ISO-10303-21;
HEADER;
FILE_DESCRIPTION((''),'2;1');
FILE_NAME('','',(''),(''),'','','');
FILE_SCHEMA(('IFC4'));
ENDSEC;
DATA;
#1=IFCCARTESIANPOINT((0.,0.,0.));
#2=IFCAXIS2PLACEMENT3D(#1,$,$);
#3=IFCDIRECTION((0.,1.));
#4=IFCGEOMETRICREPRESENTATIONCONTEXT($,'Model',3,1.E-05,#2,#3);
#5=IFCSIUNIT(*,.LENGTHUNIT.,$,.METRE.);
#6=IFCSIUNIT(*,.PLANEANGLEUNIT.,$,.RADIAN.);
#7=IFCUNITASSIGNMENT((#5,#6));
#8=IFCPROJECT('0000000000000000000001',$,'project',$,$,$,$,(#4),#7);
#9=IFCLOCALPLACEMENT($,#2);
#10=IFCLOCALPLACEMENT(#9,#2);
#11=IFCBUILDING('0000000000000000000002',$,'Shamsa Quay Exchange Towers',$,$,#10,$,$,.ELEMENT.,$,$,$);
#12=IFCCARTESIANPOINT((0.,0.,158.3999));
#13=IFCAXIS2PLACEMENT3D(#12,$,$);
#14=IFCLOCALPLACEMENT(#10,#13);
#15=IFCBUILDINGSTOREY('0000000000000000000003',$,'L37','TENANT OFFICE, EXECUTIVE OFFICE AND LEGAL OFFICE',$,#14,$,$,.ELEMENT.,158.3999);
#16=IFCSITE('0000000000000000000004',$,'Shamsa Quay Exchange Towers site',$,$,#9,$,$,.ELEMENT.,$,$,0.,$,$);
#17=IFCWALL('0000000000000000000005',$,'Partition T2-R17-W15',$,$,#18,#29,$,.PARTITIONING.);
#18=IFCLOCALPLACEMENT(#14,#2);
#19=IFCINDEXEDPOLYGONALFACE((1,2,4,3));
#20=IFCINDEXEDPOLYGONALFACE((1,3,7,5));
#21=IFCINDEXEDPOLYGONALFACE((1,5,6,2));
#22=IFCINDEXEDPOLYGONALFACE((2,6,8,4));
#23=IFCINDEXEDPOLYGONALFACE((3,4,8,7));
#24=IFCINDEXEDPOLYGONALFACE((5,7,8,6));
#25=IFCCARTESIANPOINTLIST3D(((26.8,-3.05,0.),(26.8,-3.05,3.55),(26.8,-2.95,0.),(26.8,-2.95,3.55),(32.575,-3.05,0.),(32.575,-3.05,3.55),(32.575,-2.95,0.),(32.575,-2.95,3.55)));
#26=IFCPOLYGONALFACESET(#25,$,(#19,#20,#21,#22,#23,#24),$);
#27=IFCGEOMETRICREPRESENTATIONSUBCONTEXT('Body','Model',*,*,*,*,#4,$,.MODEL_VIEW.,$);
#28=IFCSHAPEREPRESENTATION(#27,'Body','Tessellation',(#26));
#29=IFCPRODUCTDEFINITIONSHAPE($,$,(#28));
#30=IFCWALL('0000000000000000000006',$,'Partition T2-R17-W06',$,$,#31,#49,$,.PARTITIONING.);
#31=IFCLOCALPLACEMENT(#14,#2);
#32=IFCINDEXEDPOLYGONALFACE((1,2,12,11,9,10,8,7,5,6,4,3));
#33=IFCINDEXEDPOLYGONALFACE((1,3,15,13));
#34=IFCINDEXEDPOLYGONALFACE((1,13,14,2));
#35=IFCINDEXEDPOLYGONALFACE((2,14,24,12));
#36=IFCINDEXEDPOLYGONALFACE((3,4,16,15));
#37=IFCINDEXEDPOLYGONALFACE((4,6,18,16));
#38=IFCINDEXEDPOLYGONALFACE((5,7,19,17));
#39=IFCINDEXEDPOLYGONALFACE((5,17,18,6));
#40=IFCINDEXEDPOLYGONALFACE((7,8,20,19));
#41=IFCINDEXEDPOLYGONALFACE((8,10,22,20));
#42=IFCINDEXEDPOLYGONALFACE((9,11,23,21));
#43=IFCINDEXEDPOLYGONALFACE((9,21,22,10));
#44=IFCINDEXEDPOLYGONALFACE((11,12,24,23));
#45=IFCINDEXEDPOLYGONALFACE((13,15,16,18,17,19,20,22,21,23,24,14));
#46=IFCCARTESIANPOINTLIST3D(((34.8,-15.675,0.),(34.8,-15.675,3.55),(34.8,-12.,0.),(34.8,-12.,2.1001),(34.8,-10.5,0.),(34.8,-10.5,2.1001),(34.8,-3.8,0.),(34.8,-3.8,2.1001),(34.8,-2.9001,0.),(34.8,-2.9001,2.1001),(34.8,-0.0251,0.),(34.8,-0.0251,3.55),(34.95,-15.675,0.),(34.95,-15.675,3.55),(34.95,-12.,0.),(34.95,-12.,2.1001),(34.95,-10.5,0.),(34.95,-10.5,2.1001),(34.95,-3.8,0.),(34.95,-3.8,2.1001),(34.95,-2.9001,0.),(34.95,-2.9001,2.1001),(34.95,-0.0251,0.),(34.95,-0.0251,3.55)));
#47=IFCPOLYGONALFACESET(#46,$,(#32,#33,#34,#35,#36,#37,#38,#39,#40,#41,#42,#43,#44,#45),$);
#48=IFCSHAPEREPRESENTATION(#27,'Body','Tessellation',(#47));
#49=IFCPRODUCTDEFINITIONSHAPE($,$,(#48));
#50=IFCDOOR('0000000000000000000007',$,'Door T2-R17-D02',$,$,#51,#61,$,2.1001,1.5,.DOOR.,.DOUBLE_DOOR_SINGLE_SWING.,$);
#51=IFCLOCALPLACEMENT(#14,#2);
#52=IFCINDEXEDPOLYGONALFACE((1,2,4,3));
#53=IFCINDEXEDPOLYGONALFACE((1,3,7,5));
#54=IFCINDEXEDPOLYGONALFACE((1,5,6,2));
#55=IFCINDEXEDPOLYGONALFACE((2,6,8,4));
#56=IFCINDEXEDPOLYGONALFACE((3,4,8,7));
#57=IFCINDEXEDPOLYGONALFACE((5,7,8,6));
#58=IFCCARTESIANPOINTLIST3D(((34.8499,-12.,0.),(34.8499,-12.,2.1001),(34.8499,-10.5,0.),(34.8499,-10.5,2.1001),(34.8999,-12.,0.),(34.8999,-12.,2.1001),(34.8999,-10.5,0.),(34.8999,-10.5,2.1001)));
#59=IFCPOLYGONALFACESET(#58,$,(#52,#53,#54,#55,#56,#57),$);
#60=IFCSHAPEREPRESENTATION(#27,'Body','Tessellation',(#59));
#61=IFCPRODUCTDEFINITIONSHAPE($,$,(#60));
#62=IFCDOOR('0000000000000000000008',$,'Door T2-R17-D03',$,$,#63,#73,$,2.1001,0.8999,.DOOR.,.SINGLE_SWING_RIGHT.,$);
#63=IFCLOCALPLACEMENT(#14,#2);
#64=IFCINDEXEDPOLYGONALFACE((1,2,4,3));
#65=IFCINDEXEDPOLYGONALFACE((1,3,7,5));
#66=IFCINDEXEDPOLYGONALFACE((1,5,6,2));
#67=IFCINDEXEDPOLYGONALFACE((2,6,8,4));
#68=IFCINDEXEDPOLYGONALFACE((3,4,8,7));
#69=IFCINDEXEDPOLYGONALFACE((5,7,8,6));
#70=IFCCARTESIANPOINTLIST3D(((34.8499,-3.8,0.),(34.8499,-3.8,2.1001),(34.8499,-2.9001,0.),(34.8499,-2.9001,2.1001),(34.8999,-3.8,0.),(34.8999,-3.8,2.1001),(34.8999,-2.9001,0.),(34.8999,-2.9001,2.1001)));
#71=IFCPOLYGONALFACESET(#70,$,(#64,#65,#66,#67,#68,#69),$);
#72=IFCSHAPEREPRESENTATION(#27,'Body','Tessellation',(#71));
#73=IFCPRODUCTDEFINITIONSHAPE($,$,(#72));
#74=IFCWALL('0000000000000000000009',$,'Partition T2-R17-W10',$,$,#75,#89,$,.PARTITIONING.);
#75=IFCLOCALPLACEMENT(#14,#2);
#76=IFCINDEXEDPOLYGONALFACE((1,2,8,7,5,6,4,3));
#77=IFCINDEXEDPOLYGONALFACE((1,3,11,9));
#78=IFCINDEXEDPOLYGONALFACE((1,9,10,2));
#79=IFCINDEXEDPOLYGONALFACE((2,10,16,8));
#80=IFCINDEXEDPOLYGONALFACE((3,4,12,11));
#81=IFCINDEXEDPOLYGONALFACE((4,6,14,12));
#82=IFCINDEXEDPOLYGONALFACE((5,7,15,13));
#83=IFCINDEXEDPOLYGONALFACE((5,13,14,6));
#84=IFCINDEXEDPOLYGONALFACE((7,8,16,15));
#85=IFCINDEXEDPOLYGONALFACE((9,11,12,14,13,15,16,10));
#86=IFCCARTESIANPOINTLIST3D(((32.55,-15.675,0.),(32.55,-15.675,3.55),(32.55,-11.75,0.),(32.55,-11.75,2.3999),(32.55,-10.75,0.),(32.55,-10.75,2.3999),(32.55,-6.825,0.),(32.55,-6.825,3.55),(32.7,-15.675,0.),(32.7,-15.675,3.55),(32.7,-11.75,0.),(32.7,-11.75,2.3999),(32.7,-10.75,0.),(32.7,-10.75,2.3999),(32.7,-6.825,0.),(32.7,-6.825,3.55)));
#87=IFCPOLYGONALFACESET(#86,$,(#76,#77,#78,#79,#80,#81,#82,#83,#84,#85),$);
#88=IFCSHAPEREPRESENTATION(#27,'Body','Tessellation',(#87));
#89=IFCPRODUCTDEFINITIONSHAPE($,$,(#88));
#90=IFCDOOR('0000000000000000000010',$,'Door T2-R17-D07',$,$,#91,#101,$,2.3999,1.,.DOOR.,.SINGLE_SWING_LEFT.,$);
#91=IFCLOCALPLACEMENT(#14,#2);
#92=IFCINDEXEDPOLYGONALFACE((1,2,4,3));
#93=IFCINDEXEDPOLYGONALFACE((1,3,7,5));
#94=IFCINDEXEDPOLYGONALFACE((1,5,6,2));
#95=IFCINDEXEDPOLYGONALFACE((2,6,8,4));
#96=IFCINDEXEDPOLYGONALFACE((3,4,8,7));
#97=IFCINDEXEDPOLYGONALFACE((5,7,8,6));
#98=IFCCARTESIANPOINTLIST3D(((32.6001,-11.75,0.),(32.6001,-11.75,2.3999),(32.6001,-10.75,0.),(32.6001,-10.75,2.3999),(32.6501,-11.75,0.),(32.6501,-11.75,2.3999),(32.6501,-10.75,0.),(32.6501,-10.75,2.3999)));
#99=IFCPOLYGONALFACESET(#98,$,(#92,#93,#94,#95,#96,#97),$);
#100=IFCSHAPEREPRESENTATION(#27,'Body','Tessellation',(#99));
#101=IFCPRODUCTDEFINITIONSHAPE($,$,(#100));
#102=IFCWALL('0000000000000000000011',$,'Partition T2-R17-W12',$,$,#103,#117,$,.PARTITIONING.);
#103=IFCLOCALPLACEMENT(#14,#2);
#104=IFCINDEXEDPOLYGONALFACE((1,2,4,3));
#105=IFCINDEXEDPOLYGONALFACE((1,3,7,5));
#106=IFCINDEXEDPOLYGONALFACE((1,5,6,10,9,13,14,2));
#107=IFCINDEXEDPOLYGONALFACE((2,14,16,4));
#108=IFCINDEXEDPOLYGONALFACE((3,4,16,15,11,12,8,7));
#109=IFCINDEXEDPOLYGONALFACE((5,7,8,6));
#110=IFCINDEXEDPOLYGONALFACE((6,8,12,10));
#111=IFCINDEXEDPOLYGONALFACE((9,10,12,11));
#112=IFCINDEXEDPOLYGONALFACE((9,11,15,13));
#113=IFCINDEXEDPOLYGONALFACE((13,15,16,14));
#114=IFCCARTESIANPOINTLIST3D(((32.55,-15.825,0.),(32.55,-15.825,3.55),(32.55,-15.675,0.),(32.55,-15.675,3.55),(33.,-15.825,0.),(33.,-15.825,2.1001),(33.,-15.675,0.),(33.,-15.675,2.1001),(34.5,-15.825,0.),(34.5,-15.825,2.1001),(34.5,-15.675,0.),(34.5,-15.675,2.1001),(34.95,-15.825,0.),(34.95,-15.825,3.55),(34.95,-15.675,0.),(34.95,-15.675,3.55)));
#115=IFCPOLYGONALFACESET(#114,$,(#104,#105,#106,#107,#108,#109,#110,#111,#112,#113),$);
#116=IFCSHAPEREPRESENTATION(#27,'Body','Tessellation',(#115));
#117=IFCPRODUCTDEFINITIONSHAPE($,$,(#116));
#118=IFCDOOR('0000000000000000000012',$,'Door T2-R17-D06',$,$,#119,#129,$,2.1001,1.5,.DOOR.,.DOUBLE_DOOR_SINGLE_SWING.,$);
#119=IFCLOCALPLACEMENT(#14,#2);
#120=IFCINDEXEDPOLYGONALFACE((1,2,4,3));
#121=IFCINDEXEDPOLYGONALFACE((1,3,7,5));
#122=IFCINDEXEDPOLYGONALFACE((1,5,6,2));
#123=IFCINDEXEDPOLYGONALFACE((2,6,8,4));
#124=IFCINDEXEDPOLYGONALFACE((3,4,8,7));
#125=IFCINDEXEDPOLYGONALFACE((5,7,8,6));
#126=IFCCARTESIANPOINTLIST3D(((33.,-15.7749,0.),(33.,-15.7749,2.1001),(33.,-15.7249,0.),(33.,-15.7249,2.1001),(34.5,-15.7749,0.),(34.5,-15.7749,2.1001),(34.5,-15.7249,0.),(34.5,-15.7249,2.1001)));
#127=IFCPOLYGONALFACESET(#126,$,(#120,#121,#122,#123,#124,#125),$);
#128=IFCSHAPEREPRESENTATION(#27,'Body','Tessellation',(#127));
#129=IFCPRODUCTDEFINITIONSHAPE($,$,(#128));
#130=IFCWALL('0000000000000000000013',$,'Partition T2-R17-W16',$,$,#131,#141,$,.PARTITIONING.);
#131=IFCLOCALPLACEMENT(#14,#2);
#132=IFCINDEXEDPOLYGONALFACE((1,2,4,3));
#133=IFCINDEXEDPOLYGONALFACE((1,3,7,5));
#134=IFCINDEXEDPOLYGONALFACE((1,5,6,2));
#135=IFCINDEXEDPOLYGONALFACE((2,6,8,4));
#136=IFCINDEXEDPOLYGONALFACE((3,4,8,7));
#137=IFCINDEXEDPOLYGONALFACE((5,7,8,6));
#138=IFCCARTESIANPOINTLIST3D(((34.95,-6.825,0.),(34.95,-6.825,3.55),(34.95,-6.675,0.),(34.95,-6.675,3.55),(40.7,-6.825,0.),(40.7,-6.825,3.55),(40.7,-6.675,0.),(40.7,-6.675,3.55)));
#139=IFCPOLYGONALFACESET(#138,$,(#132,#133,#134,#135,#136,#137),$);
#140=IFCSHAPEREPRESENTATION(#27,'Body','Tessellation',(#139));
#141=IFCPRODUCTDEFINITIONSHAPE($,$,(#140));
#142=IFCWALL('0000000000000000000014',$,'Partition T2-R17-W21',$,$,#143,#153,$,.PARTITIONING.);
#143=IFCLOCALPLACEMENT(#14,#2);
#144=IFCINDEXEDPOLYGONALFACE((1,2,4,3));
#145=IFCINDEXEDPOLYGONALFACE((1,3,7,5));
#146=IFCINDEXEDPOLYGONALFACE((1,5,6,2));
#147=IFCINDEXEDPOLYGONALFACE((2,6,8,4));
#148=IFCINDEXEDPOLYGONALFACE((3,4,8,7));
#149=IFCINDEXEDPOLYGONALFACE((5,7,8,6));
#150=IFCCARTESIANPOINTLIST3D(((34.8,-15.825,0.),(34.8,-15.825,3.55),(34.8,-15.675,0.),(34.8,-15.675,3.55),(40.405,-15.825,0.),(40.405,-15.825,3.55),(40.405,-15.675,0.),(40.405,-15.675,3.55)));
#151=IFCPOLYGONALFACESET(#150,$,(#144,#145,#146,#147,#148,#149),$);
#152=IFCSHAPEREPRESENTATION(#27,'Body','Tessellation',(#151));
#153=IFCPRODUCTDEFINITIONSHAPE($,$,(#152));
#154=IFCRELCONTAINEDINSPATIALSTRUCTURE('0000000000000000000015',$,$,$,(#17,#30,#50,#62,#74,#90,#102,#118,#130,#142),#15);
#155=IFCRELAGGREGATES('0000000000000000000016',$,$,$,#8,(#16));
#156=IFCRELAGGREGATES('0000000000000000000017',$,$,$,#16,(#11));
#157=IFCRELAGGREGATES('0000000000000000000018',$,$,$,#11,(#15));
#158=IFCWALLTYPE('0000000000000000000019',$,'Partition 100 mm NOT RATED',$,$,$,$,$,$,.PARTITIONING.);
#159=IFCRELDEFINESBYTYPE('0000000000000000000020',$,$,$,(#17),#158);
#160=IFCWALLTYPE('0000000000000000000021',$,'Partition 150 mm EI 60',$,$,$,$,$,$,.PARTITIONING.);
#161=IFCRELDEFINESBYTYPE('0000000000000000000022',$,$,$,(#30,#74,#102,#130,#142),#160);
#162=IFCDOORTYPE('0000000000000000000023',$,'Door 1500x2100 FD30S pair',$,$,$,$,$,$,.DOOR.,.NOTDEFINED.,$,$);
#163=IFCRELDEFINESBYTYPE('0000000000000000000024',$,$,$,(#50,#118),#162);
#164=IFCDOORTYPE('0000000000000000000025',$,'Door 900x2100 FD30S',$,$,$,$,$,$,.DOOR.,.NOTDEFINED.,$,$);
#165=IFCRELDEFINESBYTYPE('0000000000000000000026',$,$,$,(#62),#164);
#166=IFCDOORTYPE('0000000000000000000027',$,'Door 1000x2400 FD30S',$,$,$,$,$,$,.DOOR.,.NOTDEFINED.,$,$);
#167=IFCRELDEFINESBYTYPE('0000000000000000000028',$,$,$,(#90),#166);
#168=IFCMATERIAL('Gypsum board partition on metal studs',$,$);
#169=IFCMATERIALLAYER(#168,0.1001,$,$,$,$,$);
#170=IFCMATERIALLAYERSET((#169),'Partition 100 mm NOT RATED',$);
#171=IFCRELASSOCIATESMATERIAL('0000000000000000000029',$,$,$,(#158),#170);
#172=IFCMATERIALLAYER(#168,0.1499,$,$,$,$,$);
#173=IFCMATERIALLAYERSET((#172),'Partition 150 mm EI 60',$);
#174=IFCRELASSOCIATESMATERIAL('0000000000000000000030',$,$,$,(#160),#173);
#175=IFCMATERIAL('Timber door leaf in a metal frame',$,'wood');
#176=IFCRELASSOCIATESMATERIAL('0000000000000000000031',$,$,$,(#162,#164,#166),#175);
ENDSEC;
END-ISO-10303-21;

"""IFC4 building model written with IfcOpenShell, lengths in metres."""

from ifc_helpers import new_model, si_unit, direction, frame, frame_2d, origin, place, context, subcontext, project, spatial, rectangle, extrude, material, layer, layer_set, type_object, element, fill, save


model = new_model("IFC4")

# Units and contexts
model_context = context("Model", 3, precision=1e-05, world=origin(), true_north=direction((0.0, 1.0)))
body_context = subcontext(model_context, "Body", "Model", "MODEL_VIEW")
ifc_project = project(units=[si_unit("LENGTHUNIT", "METRE"), si_unit("PLANEANGLEUNIT", "RADIAN")], contexts=[model_context])

# Site, building, storey
site_placement = place(None, origin())
site = spatial("IfcSite", under=ifc_project, at=site_placement, Name="Shamsa Quay Exchange Towers site", CompositionType="ELEMENT", RefElevation=0.0)
building_placement = place(site_placement, origin())
building = spatial("IfcBuilding", under=site, at=building_placement, Name="Shamsa Quay Exchange Towers", CompositionType="ELEMENT")
storey_placement = place(building_placement, frame((0.0, 0.0, 158.3999)))
storey = spatial("IfcBuildingStorey", under=building, at=storey_placement, Name="L37", Description="TENANT OFFICE, EXECUTIVE OFFICE AND LEGAL OFFICE", CompositionType="ELEMENT", Elevation=158.3999)

# Shared definitions
ifc_material_1 = material(Name="Gypsum board partition on metal studs")
ifc_layer_1 = layer(ifc_material_1, 0.1001)
ifc_layer_set_1 = layer_set([ifc_layer_1], Name="Partition 100 mm NOT RATED")
wall_type_1 = type_object("IfcWallType", Name="Partition 100 mm NOT RATED", PredefinedType="PARTITIONING", material=ifc_layer_set_1)
ifc_material_2 = material(Name="Timber door leaf in a metal frame", Category="wood")

# Wall
wall_1_placement = place(storey_placement, frame((32.575, -3.0, 0.0), z_axis=(0.0, 0.0, 1.0), x_axis=(-1.0, 0.0, 0.0)))
element("IfcWall", 1, at=wall_1_placement, inside=storey, type_object=wall_type_1, Name="Partition T2-R17-W15", PredefinedType="PARTITIONING", context=body_context, shape_type="SweptSolid", body=[
    extrude(rectangle(XDim=5.7749, YDim=0.1001, at=frame_2d((2.8875, 0.0))), origin(), (0.0, 0.0, 1.0), 3.55),
])

# Wall, openings, doors
ifc_layer_2 = layer(ifc_material_1, 0.1499)
ifc_layer_set_2 = layer_set([ifc_layer_2], Name="Partition 150 mm EI 60")
wall_type_2 = type_object("IfcWallType", Name="Partition 150 mm EI 60", PredefinedType="PARTITIONING", material=ifc_layer_set_2)
wall_2_placement = place(storey_placement, frame((34.875, -0.0251, 0.0), z_axis=(0.0, 0.0, 1.0), x_axis=(0.0, -1.0, 0.0)))
wall_2 = element("IfcWall", 2, at=wall_2_placement, inside=storey, type_object=wall_type_2, Name="Partition T2-R17-W06", PredefinedType="PARTITIONING", context=body_context, shape_type="SweptSolid", body=[
    extrude(rectangle(XDim=15.6499, YDim=0.1499, at=frame_2d((7.825, 0.0))), origin(), (0.0, 0.0, 1.0), 3.55),
])
opening_1_placement = place(wall_2_placement, frame((10.4749, 0.0, 0.0)))
opening_1 = element("IfcOpeningElement", 3, at=opening_1_placement, cuts=wall_2, PredefinedType="OPENING", context=body_context, shape_type="SweptSolid", body=[
    extrude(rectangle(XDim=1.5, YDim=2.1001, at=frame_2d((0.75, 1.05))), frame((0.0, 0.085, 0.0), z_axis=(0.0, -1.0, 0.0), x_axis=(1.0, 0.0, 0.0)), (0.0, 0.0, 1.0), 0.1699),
])
opening_2_placement = place(wall_2_placement, frame((2.875, 0.0, 0.0)))
opening_2 = element("IfcOpeningElement", 4, at=opening_2_placement, cuts=wall_2, PredefinedType="OPENING", context=body_context, shape_type="SweptSolid", body=[
    extrude(rectangle(XDim=0.8999, YDim=2.1001, at=frame_2d((0.45, 1.05))), frame((0.0, 0.085, 0.0), z_axis=(0.0, -1.0, 0.0), x_axis=(1.0, 0.0, 0.0)), (0.0, 0.0, 1.0), 0.1699),
])
door_type_1 = type_object("IfcDoorType", Name="Door 1500x2100 FD30S pair", OperationType="NOTDEFINED", PredefinedType="DOOR", material=ifc_material_2)
door_1_placement = place(opening_1_placement, origin())
door_1 = element("IfcDoor", 5, at=door_1_placement, inside=storey, type_object=door_type_1, Name="Door T2-R17-D02", OperationType="DOUBLE_DOOR_SINGLE_SWING", OverallHeight=2.1001, OverallWidth=1.5, PredefinedType="DOOR", context=body_context, shape_type="SweptSolid", body=[
    extrude(rectangle(XDim=1.5, YDim=2.1001, at=frame_2d((0.75, 1.05))), frame((0.0, 0.0249, 0.0), z_axis=(0.0, -1.0, 0.0), x_axis=(1.0, 0.0, 0.0)), (0.0, 0.0, 1.0), 0.05),
])
fill(opening_1, door_1)
door_type_2 = type_object("IfcDoorType", Name="Door 900x2100 FD30S", OperationType="NOTDEFINED", PredefinedType="DOOR", material=ifc_material_2)
door_2_placement = place(opening_2_placement, origin())
door_2 = element("IfcDoor", 6, at=door_2_placement, inside=storey, type_object=door_type_2, Name="Door T2-R17-D03", OperationType="SINGLE_SWING_RIGHT", OverallHeight=2.1001, OverallWidth=0.8999, PredefinedType="DOOR", context=body_context, shape_type="SweptSolid", body=[
    extrude(rectangle(XDim=0.8999, YDim=2.1001, at=frame_2d((0.45, 1.05))), frame((0.0, 0.0249, 0.0), z_axis=(0.0, -1.0, 0.0), x_axis=(1.0, 0.0, 0.0)), (0.0, 0.0, 1.0), 0.05),
])
fill(opening_2, door_2)

# Walls, openings, doors
wall_3_placement = place(storey_placement, frame((32.625, -15.675, 0.0), z_axis=(0.0, 0.0, 1.0), x_axis=(0.0, 1.0, 0.0)))
wall_3 = element("IfcWall", 7, at=wall_3_placement, inside=storey, type_object=wall_type_2, Name="Partition T2-R17-W10", PredefinedType="PARTITIONING", context=body_context, shape_type="SweptSolid", body=[
    extrude(rectangle(XDim=8.8501, YDim=0.1499, at=frame_2d((4.425, 0.0))), origin(), (0.0, 0.0, 1.0), 3.55),
])
opening_3_placement = place(wall_3_placement, frame((3.925, 0.0, 0.0)))
opening_3 = element("IfcOpeningElement", 8, at=opening_3_placement, cuts=wall_3, PredefinedType="OPENING", context=body_context, shape_type="SweptSolid", body=[
    extrude(rectangle(XDim=1.0, YDim=2.3999, at=frame_2d((0.5, 1.2))), frame((0.0, 0.085, 0.0), z_axis=(0.0, -1.0, 0.0), x_axis=(1.0, 0.0, 0.0)), (0.0, 0.0, 1.0), 0.1699),
])
door_type_3 = type_object("IfcDoorType", Name="Door 1000x2400 FD30S", OperationType="NOTDEFINED", PredefinedType="DOOR", material=ifc_material_2)
door_3_placement = place(opening_3_placement, origin())
door_3 = element("IfcDoor", 9, at=door_3_placement, inside=storey, type_object=door_type_3, Name="Door T2-R17-D07", OperationType="SINGLE_SWING_LEFT", OverallHeight=2.3999, OverallWidth=1.0, PredefinedType="DOOR", context=body_context, shape_type="SweptSolid", body=[
    extrude(rectangle(XDim=1.0, YDim=2.3999, at=frame_2d((0.5, 1.2))), frame((0.0, 0.0249, 0.0), z_axis=(0.0, -1.0, 0.0), x_axis=(1.0, 0.0, 0.0)), (0.0, 0.0, 1.0), 0.05),
])
fill(opening_3, door_3)
wall_4_placement = place(storey_placement, frame((34.95, -15.75, 0.0), z_axis=(0.0, 0.0, 1.0), x_axis=(-1.0, 0.0, 0.0)))
wall_4 = element("IfcWall", 10, at=wall_4_placement, inside=storey, type_object=wall_type_2, Name="Partition T2-R17-W12", PredefinedType="PARTITIONING", context=body_context, shape_type="SweptSolid", body=[
    extrude(rectangle(XDim=2.3999, YDim=0.1499, at=frame_2d((1.2, 0.0))), origin(), (0.0, 0.0, 1.0), 3.55),
])
opening_4_placement = place(wall_4_placement, frame((0.45, 0.0, 0.0)))
opening_4 = element("IfcOpeningElement", 11, at=opening_4_placement, cuts=wall_4, PredefinedType="OPENING", context=body_context, shape_type="SweptSolid", body=[
    extrude(rectangle(XDim=1.5, YDim=2.1001, at=frame_2d((0.75, 1.05))), frame((0.0, 0.085, 0.0), z_axis=(0.0, -1.0, 0.0), x_axis=(1.0, 0.0, 0.0)), (0.0, 0.0, 1.0), 0.1699),
])
door_4_placement = place(opening_4_placement, origin())
door_4 = element("IfcDoor", 12, at=door_4_placement, inside=storey, type_object=door_type_1, Name="Door T2-R17-D06", OperationType="DOUBLE_DOOR_SINGLE_SWING", OverallHeight=2.1001, OverallWidth=1.5, PredefinedType="DOOR", context=body_context, shape_type="SweptSolid", body=[
    extrude(rectangle(XDim=1.5, YDim=2.1001, at=frame_2d((0.75, 1.05))), frame((0.0, 0.0249, 0.0), z_axis=(0.0, -1.0, 0.0), x_axis=(1.0, 0.0, 0.0)), (0.0, 0.0, 1.0), 0.05),
])
fill(opening_4, door_4)

# Walls
wall_5_placement = place(storey_placement, frame((34.95, -6.75, 0.0)))
element("IfcWall", 13, at=wall_5_placement, inside=storey, type_object=wall_type_2, Name="Partition T2-R17-W16", PredefinedType="PARTITIONING", context=body_context, shape_type="SweptSolid", body=[
    extrude(rectangle(XDim=5.75, YDim=0.1499, at=frame_2d((2.875, 0.0))), origin(), (0.0, 0.0, 1.0), 3.55),
])
wall_6_placement = place(storey_placement, frame((34.8, -15.75, 0.0)))
element("IfcWall", 14, at=wall_6_placement, inside=storey, type_object=wall_type_2, Name="Partition T2-R17-W21", PredefinedType="PARTITIONING", context=body_context, shape_type="SweptSolid", body=[
    extrude(rectangle(XDim=5.605, YDim=0.1499, at=frame_2d((2.8025, 0.0))), origin(), (0.0, 0.0, 1.0), 3.55),
])

save(model, "model.ifc")
